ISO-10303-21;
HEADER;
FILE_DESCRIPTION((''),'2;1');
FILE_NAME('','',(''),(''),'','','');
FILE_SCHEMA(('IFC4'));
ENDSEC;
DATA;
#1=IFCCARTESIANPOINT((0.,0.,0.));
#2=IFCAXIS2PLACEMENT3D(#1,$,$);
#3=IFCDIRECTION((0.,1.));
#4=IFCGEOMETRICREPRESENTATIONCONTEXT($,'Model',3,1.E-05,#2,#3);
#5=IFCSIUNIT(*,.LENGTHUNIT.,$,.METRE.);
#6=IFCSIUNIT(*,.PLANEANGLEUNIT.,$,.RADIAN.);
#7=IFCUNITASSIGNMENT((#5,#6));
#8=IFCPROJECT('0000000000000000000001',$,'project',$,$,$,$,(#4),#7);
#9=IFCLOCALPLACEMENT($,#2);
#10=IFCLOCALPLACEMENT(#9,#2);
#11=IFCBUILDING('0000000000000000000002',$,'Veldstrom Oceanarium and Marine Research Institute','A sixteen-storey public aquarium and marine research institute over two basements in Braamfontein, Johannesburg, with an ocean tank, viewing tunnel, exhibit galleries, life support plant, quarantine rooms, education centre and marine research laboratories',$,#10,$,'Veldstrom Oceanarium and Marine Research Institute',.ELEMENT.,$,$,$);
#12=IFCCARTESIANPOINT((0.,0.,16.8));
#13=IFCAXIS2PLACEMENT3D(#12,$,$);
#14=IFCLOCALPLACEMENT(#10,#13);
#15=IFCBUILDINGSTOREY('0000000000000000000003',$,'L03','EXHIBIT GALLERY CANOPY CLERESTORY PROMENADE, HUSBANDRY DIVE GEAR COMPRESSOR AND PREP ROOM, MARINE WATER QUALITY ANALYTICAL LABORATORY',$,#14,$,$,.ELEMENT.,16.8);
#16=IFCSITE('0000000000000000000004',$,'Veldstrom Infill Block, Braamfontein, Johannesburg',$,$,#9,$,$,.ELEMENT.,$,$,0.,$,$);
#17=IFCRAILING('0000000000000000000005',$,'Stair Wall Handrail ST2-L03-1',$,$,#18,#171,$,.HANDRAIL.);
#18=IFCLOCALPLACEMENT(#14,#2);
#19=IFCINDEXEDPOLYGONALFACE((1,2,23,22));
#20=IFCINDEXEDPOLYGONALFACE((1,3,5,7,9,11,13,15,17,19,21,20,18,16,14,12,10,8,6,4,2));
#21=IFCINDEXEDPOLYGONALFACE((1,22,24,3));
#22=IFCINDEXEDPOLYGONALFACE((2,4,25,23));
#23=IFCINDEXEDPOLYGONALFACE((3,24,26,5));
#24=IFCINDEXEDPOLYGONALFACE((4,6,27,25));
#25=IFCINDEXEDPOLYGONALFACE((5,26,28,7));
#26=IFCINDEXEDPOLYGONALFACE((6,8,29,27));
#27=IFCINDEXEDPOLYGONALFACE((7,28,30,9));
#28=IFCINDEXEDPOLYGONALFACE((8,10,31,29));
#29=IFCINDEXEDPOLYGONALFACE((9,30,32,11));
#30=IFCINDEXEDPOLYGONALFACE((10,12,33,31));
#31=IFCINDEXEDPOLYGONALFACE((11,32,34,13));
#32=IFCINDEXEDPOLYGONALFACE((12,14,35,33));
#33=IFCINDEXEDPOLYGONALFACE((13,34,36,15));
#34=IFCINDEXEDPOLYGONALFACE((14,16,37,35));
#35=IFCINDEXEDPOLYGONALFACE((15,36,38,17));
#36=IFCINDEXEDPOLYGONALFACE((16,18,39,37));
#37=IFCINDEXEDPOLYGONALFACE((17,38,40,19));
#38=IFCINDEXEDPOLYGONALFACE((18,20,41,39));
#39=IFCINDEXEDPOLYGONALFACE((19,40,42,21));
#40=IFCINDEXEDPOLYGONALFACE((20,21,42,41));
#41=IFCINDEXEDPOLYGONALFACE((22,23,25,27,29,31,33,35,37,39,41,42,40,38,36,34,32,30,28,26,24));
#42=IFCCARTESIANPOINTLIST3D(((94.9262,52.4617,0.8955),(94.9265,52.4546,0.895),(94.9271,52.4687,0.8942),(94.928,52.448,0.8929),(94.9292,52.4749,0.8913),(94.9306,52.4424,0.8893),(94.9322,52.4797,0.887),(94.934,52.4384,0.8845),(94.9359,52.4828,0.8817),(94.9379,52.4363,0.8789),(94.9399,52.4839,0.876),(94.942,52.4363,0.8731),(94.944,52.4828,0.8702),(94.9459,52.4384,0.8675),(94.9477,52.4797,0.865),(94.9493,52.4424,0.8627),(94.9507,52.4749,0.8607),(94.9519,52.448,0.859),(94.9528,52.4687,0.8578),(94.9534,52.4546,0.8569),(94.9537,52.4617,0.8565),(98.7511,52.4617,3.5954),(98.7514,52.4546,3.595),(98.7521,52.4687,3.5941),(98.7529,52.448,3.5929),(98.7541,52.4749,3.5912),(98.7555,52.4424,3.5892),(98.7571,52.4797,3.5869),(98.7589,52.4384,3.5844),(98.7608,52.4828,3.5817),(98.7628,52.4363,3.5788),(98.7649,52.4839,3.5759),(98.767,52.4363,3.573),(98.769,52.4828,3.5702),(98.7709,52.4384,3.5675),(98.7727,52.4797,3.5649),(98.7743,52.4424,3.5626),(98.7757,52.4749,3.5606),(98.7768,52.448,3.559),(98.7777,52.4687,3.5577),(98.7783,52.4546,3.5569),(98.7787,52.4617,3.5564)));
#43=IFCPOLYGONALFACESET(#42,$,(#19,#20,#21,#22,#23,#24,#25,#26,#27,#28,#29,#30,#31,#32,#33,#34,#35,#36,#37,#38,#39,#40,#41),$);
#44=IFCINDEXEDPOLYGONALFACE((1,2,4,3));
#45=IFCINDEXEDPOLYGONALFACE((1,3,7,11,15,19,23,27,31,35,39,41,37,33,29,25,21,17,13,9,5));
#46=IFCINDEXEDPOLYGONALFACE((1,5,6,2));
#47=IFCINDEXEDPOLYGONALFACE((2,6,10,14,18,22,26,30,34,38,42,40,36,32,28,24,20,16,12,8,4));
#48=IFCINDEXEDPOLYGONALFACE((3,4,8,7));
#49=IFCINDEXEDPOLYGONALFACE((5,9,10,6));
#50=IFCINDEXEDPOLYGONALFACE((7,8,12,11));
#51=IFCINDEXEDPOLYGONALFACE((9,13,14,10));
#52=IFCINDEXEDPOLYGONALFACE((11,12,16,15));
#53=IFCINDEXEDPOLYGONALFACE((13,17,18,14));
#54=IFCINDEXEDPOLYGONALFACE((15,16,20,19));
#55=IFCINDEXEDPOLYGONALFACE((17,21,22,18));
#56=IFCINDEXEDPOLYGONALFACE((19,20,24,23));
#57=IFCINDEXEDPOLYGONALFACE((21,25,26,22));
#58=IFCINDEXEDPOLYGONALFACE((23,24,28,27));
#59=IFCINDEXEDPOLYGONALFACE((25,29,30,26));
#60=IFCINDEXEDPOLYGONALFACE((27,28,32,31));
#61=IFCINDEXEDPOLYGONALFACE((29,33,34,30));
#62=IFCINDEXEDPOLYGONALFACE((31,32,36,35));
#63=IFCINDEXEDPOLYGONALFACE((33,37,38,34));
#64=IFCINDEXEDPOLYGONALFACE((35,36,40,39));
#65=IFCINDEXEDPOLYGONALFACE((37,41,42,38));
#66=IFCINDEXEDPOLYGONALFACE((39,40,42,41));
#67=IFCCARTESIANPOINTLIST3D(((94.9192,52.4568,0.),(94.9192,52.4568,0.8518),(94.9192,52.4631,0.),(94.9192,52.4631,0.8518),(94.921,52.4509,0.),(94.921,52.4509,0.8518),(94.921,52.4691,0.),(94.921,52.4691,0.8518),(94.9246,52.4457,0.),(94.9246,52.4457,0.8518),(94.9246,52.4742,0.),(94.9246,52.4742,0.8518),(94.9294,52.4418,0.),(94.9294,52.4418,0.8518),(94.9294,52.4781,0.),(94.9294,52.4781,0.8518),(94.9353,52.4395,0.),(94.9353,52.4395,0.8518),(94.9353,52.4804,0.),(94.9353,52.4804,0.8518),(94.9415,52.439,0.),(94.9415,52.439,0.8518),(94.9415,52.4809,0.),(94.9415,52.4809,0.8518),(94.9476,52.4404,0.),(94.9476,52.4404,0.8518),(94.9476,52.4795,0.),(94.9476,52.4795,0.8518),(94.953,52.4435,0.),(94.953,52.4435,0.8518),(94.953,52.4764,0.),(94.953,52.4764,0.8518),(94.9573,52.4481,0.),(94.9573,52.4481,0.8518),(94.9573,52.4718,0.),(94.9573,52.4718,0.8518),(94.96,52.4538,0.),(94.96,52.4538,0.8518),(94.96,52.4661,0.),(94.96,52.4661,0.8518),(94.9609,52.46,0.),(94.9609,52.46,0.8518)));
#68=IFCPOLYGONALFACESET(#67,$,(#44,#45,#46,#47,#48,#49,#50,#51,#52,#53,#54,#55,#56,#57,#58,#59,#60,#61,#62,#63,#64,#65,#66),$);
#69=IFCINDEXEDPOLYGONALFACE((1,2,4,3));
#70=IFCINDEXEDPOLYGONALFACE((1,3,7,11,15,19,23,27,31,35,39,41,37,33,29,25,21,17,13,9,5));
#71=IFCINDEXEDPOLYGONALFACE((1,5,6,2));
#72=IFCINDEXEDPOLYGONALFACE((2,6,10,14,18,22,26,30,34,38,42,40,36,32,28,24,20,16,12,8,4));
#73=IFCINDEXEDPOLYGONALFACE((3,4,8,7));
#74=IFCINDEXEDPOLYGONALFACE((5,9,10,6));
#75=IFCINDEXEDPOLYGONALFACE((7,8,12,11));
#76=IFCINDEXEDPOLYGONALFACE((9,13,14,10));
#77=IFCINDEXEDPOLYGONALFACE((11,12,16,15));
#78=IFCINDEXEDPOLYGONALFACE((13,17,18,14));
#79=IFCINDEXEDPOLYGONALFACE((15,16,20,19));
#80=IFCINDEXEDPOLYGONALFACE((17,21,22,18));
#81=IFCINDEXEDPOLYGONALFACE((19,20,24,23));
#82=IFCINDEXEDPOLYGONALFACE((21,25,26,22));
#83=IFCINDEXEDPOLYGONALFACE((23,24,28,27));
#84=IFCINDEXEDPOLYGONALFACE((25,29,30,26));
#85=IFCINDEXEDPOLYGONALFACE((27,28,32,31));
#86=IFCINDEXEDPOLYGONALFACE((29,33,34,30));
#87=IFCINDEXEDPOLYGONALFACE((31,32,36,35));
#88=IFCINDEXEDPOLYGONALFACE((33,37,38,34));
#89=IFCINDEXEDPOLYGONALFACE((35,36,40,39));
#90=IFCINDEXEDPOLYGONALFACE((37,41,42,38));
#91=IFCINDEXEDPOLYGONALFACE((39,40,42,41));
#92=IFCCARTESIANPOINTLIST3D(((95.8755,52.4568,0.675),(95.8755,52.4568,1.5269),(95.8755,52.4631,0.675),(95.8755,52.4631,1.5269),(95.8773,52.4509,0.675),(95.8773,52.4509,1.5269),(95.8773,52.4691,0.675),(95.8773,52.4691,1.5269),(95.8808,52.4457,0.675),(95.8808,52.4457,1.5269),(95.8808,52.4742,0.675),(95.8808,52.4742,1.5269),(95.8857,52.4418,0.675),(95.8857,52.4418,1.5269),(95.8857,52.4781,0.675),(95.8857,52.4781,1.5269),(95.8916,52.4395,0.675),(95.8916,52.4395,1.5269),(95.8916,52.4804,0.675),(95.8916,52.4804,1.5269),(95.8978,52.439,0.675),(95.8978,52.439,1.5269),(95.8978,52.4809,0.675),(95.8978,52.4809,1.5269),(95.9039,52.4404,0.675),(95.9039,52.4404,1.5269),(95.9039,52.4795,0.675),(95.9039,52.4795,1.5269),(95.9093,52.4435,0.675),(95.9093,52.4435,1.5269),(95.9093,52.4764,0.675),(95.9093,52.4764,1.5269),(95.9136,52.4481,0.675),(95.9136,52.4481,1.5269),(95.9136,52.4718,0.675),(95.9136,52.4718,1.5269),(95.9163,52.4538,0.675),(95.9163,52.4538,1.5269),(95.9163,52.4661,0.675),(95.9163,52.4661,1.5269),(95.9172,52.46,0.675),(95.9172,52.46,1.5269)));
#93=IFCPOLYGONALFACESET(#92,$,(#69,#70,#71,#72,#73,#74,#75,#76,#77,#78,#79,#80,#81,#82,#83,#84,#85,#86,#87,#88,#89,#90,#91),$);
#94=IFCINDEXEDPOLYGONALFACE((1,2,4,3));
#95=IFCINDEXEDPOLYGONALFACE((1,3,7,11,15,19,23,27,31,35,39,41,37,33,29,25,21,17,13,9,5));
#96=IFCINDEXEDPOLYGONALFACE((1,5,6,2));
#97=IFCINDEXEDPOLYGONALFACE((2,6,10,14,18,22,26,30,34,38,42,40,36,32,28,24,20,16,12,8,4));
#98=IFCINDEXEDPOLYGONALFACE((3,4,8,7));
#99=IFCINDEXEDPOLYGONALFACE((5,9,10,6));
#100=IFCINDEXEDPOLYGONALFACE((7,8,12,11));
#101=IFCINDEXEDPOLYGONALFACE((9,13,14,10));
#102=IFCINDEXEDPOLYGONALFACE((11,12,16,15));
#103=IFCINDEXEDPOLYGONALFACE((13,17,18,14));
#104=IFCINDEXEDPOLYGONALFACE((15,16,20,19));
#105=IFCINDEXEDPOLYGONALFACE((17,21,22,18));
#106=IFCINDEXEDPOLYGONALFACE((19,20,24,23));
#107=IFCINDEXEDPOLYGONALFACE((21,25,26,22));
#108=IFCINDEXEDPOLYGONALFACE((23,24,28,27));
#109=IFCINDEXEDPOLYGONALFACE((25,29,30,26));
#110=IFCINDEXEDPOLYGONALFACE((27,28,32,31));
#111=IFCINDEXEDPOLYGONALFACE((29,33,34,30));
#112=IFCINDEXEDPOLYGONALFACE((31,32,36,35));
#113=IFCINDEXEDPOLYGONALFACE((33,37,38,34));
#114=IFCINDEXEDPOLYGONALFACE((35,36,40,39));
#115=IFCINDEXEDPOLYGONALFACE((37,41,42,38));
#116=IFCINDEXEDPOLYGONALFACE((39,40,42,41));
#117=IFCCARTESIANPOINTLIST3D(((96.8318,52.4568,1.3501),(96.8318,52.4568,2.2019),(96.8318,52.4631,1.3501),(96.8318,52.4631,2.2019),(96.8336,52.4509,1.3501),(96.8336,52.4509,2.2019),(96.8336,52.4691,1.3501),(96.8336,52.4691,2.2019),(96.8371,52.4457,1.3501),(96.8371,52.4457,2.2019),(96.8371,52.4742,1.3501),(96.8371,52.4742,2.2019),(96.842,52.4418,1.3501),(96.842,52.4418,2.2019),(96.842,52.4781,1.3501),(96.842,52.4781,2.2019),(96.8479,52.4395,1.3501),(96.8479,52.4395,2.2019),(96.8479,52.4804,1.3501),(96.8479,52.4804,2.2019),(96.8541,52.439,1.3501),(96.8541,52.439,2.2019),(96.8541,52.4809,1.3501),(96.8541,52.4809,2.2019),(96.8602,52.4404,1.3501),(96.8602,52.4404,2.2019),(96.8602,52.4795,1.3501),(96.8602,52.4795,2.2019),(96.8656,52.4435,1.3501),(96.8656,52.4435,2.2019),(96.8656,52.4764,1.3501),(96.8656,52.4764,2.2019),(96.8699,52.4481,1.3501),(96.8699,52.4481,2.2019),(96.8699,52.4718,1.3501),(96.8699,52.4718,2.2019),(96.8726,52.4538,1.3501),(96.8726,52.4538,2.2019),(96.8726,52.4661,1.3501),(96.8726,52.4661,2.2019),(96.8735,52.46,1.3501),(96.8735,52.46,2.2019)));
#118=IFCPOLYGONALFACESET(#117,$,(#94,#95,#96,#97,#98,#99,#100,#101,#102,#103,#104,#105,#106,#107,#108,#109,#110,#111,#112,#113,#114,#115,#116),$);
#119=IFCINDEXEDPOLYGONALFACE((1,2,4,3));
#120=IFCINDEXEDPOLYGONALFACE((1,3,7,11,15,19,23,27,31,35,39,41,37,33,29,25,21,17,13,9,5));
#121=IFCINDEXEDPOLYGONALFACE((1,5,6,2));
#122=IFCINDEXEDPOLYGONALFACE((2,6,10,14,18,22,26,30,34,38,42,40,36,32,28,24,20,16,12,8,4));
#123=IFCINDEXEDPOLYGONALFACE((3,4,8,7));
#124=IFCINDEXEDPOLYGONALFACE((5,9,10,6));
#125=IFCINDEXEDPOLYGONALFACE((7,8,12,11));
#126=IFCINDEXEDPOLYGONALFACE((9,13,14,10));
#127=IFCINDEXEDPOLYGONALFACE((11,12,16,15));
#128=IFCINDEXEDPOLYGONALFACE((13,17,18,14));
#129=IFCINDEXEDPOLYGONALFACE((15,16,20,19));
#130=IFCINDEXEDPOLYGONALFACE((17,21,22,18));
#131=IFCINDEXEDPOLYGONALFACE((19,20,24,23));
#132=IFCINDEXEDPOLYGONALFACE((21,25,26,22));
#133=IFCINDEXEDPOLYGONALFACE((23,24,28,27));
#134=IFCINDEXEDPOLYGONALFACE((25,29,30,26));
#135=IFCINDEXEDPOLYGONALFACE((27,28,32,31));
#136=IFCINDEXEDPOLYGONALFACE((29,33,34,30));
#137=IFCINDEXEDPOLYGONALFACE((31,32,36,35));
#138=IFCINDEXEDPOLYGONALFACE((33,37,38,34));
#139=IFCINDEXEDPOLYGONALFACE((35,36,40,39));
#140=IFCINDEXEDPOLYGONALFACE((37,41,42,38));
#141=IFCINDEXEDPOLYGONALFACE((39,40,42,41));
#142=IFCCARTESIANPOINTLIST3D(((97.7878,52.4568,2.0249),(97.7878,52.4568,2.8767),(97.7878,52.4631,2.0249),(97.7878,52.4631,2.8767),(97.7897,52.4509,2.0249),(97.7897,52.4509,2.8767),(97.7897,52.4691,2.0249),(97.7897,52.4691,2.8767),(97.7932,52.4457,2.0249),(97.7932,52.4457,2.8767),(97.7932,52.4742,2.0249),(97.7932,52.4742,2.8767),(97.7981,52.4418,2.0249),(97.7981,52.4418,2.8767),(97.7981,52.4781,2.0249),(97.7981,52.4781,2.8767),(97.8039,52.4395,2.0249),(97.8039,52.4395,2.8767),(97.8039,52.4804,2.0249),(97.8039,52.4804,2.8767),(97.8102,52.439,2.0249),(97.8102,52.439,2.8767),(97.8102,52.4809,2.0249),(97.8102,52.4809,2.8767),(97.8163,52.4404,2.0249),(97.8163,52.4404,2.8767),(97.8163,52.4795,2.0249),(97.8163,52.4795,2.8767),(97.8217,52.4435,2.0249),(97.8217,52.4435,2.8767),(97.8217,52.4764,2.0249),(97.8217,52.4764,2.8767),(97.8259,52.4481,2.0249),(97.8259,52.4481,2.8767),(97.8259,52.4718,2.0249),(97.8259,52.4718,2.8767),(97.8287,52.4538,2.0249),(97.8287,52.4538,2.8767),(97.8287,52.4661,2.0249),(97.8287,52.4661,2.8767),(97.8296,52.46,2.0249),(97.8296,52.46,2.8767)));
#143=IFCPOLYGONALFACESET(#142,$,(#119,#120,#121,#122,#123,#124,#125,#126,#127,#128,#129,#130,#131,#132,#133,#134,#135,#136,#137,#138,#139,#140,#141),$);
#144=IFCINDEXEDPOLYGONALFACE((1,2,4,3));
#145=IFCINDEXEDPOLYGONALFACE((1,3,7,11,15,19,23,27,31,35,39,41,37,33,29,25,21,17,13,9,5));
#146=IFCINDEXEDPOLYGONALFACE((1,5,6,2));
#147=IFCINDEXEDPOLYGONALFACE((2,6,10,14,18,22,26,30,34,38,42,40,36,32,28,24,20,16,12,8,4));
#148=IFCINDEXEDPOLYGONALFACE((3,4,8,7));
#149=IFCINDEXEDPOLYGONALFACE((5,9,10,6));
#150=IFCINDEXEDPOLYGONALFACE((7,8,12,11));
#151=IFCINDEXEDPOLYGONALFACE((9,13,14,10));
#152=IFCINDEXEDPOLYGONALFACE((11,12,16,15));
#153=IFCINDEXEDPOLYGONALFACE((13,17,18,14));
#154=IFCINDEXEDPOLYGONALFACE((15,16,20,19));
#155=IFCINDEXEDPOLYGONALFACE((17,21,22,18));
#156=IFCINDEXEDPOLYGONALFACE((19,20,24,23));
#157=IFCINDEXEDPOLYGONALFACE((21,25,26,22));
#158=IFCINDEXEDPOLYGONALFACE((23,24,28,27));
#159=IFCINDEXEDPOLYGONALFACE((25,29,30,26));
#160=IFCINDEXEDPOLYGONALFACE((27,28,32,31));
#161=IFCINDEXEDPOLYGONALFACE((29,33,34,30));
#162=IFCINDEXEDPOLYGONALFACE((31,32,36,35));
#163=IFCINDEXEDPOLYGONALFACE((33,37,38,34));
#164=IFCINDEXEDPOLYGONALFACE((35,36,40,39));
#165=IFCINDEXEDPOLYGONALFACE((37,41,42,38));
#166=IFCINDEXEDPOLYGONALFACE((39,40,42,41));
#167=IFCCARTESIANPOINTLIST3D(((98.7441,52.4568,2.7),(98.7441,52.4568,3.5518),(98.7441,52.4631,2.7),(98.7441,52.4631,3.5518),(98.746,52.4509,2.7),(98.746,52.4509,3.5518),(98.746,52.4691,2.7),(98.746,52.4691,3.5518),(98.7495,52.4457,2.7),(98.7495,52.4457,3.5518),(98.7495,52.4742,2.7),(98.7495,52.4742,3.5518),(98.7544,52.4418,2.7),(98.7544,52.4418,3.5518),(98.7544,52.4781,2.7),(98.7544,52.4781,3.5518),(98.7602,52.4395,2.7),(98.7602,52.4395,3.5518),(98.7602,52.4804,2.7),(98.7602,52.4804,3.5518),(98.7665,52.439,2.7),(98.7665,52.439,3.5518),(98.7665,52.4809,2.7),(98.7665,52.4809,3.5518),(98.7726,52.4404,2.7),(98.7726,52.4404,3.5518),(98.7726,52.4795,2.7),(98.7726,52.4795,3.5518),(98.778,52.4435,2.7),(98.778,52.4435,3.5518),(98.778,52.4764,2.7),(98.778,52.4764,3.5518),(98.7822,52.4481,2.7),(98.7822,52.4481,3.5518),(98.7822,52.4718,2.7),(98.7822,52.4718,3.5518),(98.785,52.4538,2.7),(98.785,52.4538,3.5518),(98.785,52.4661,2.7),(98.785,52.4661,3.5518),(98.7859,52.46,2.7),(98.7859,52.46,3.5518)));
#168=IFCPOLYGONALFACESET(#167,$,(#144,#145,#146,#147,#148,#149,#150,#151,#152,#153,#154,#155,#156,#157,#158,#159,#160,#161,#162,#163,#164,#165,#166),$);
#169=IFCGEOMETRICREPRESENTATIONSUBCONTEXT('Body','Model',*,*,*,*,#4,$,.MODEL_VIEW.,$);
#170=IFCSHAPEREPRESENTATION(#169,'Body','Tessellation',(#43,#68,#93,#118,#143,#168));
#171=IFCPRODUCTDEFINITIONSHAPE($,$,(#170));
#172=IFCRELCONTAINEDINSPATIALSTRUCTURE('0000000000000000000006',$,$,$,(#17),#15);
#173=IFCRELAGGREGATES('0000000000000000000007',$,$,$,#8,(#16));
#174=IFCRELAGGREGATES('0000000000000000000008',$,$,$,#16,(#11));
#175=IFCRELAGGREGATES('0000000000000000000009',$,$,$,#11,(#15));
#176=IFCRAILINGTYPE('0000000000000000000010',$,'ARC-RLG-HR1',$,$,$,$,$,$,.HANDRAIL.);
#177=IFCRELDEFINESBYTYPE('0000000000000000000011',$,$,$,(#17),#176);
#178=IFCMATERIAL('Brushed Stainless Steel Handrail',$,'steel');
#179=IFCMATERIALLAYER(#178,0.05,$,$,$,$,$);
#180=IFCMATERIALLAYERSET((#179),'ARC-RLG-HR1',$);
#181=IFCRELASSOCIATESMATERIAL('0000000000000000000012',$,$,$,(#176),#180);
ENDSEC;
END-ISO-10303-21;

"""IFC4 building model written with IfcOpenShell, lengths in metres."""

from ifc_helpers import new_model, si_unit, direction, frame, origin, origin_2d, place, context, subcontext, project, spatial, circle, extrude, material, layer, layer_set, type_object, element, save


model = new_model("IFC4")

# Units and contexts
model_context = context("Model", 3, precision=1e-05, world=origin(), true_north=direction((0.0, 1.0)))
body_context = subcontext(model_context, "Body", "Model", "MODEL_VIEW")
ifc_project = project(units=[si_unit("LENGTHUNIT", "METRE"), si_unit("PLANEANGLEUNIT", "RADIAN")], contexts=[model_context])

# Site, building, storey
site_placement = place(None, origin())
site = spatial("IfcSite", under=ifc_project, at=site_placement, Name="Veldstrom Infill Block, Braamfontein, Johannesburg", CompositionType="ELEMENT", RefElevation=0.0)
building_placement = place(site_placement, origin())
building = spatial("IfcBuilding", under=site, at=building_placement, Name="Veldstrom Oceanarium and Marine Research Institute", Description="A sixteen-storey public aquarium and marine research institute over two basements in Braamfontein, Johannesburg, with an ocean tank, viewing tunnel, exhibit galleries, life support plant, quarantine rooms, education centre and marine research laboratories", LongName="Veldstrom Oceanarium and Marine Research Institute", CompositionType="ELEMENT")
storey_placement = place(building_placement, frame((0.0, 0.0, 16.8)))
storey = spatial("IfcBuildingStorey", under=building, at=storey_placement, Name="L03", Description="EXHIBIT GALLERY CANOPY CLERESTORY PROMENADE, HUSBANDRY DIVE GEAR COMPRESSOR AND PREP ROOM, MARINE WATER QUALITY ANALYTICAL LABORATORY", CompositionType="ELEMENT", Elevation=16.8)

# Railing
ifc_material_1 = material(Name="Brushed Stainless Steel Handrail", Category="steel")
ifc_layer_1 = layer(ifc_material_1, 0.05)
ifc_layer_set_1 = layer_set([ifc_layer_1], Name="ARC-RLG-HR1")
railing_type = type_object("IfcRailingType", Name="ARC-RLG-HR1", PredefinedType="HANDRAIL", material=ifc_layer_set_1)
railing_placement = place(storey_placement, frame((94.9399, 52.46, 0.0)))
element("IfcRailing", 1, at=railing_placement, inside=storey, type_object=railing_type, Name="Stair Wall Handrail ST2-L03-1", PredefinedType="HANDRAIL", context=body_context, shape_type="SweptSolid", body=[
    extrude(circle(Radius=0.0239, at=origin_2d()), frame((0.0, 0.0, 0.876), z_axis=(0.816969, 0.0, 0.576681), x_axis=(0.0, 1.0, 0.0)), (0.0, 0.0, 1.0), 4.6819),
    extrude(circle(Radius=0.021, at=origin_2d()), origin(), (0.0, 0.0, 1.0), 0.8518),
    extrude(circle(Radius=0.021, at=origin_2d()), frame((0.9563, 0.0, 0.675)), (0.0, 0.0, 1.0), 0.8518),
    extrude(circle(Radius=0.021, at=origin_2d()), frame((1.9126, 0.0, 1.3501)), (0.0, 0.0, 1.0), 0.8518),
    extrude(circle(Radius=0.021, at=origin_2d()), frame((2.8687, 0.0, 2.0249)), (0.0, 0.0, 1.0), 0.8518),
    extrude(circle(Radius=0.021, at=origin_2d()), frame((3.825, 0.0, 2.7)), (0.0, 0.0, 1.0), 0.8518),
])

save(model, "model.ifc")
